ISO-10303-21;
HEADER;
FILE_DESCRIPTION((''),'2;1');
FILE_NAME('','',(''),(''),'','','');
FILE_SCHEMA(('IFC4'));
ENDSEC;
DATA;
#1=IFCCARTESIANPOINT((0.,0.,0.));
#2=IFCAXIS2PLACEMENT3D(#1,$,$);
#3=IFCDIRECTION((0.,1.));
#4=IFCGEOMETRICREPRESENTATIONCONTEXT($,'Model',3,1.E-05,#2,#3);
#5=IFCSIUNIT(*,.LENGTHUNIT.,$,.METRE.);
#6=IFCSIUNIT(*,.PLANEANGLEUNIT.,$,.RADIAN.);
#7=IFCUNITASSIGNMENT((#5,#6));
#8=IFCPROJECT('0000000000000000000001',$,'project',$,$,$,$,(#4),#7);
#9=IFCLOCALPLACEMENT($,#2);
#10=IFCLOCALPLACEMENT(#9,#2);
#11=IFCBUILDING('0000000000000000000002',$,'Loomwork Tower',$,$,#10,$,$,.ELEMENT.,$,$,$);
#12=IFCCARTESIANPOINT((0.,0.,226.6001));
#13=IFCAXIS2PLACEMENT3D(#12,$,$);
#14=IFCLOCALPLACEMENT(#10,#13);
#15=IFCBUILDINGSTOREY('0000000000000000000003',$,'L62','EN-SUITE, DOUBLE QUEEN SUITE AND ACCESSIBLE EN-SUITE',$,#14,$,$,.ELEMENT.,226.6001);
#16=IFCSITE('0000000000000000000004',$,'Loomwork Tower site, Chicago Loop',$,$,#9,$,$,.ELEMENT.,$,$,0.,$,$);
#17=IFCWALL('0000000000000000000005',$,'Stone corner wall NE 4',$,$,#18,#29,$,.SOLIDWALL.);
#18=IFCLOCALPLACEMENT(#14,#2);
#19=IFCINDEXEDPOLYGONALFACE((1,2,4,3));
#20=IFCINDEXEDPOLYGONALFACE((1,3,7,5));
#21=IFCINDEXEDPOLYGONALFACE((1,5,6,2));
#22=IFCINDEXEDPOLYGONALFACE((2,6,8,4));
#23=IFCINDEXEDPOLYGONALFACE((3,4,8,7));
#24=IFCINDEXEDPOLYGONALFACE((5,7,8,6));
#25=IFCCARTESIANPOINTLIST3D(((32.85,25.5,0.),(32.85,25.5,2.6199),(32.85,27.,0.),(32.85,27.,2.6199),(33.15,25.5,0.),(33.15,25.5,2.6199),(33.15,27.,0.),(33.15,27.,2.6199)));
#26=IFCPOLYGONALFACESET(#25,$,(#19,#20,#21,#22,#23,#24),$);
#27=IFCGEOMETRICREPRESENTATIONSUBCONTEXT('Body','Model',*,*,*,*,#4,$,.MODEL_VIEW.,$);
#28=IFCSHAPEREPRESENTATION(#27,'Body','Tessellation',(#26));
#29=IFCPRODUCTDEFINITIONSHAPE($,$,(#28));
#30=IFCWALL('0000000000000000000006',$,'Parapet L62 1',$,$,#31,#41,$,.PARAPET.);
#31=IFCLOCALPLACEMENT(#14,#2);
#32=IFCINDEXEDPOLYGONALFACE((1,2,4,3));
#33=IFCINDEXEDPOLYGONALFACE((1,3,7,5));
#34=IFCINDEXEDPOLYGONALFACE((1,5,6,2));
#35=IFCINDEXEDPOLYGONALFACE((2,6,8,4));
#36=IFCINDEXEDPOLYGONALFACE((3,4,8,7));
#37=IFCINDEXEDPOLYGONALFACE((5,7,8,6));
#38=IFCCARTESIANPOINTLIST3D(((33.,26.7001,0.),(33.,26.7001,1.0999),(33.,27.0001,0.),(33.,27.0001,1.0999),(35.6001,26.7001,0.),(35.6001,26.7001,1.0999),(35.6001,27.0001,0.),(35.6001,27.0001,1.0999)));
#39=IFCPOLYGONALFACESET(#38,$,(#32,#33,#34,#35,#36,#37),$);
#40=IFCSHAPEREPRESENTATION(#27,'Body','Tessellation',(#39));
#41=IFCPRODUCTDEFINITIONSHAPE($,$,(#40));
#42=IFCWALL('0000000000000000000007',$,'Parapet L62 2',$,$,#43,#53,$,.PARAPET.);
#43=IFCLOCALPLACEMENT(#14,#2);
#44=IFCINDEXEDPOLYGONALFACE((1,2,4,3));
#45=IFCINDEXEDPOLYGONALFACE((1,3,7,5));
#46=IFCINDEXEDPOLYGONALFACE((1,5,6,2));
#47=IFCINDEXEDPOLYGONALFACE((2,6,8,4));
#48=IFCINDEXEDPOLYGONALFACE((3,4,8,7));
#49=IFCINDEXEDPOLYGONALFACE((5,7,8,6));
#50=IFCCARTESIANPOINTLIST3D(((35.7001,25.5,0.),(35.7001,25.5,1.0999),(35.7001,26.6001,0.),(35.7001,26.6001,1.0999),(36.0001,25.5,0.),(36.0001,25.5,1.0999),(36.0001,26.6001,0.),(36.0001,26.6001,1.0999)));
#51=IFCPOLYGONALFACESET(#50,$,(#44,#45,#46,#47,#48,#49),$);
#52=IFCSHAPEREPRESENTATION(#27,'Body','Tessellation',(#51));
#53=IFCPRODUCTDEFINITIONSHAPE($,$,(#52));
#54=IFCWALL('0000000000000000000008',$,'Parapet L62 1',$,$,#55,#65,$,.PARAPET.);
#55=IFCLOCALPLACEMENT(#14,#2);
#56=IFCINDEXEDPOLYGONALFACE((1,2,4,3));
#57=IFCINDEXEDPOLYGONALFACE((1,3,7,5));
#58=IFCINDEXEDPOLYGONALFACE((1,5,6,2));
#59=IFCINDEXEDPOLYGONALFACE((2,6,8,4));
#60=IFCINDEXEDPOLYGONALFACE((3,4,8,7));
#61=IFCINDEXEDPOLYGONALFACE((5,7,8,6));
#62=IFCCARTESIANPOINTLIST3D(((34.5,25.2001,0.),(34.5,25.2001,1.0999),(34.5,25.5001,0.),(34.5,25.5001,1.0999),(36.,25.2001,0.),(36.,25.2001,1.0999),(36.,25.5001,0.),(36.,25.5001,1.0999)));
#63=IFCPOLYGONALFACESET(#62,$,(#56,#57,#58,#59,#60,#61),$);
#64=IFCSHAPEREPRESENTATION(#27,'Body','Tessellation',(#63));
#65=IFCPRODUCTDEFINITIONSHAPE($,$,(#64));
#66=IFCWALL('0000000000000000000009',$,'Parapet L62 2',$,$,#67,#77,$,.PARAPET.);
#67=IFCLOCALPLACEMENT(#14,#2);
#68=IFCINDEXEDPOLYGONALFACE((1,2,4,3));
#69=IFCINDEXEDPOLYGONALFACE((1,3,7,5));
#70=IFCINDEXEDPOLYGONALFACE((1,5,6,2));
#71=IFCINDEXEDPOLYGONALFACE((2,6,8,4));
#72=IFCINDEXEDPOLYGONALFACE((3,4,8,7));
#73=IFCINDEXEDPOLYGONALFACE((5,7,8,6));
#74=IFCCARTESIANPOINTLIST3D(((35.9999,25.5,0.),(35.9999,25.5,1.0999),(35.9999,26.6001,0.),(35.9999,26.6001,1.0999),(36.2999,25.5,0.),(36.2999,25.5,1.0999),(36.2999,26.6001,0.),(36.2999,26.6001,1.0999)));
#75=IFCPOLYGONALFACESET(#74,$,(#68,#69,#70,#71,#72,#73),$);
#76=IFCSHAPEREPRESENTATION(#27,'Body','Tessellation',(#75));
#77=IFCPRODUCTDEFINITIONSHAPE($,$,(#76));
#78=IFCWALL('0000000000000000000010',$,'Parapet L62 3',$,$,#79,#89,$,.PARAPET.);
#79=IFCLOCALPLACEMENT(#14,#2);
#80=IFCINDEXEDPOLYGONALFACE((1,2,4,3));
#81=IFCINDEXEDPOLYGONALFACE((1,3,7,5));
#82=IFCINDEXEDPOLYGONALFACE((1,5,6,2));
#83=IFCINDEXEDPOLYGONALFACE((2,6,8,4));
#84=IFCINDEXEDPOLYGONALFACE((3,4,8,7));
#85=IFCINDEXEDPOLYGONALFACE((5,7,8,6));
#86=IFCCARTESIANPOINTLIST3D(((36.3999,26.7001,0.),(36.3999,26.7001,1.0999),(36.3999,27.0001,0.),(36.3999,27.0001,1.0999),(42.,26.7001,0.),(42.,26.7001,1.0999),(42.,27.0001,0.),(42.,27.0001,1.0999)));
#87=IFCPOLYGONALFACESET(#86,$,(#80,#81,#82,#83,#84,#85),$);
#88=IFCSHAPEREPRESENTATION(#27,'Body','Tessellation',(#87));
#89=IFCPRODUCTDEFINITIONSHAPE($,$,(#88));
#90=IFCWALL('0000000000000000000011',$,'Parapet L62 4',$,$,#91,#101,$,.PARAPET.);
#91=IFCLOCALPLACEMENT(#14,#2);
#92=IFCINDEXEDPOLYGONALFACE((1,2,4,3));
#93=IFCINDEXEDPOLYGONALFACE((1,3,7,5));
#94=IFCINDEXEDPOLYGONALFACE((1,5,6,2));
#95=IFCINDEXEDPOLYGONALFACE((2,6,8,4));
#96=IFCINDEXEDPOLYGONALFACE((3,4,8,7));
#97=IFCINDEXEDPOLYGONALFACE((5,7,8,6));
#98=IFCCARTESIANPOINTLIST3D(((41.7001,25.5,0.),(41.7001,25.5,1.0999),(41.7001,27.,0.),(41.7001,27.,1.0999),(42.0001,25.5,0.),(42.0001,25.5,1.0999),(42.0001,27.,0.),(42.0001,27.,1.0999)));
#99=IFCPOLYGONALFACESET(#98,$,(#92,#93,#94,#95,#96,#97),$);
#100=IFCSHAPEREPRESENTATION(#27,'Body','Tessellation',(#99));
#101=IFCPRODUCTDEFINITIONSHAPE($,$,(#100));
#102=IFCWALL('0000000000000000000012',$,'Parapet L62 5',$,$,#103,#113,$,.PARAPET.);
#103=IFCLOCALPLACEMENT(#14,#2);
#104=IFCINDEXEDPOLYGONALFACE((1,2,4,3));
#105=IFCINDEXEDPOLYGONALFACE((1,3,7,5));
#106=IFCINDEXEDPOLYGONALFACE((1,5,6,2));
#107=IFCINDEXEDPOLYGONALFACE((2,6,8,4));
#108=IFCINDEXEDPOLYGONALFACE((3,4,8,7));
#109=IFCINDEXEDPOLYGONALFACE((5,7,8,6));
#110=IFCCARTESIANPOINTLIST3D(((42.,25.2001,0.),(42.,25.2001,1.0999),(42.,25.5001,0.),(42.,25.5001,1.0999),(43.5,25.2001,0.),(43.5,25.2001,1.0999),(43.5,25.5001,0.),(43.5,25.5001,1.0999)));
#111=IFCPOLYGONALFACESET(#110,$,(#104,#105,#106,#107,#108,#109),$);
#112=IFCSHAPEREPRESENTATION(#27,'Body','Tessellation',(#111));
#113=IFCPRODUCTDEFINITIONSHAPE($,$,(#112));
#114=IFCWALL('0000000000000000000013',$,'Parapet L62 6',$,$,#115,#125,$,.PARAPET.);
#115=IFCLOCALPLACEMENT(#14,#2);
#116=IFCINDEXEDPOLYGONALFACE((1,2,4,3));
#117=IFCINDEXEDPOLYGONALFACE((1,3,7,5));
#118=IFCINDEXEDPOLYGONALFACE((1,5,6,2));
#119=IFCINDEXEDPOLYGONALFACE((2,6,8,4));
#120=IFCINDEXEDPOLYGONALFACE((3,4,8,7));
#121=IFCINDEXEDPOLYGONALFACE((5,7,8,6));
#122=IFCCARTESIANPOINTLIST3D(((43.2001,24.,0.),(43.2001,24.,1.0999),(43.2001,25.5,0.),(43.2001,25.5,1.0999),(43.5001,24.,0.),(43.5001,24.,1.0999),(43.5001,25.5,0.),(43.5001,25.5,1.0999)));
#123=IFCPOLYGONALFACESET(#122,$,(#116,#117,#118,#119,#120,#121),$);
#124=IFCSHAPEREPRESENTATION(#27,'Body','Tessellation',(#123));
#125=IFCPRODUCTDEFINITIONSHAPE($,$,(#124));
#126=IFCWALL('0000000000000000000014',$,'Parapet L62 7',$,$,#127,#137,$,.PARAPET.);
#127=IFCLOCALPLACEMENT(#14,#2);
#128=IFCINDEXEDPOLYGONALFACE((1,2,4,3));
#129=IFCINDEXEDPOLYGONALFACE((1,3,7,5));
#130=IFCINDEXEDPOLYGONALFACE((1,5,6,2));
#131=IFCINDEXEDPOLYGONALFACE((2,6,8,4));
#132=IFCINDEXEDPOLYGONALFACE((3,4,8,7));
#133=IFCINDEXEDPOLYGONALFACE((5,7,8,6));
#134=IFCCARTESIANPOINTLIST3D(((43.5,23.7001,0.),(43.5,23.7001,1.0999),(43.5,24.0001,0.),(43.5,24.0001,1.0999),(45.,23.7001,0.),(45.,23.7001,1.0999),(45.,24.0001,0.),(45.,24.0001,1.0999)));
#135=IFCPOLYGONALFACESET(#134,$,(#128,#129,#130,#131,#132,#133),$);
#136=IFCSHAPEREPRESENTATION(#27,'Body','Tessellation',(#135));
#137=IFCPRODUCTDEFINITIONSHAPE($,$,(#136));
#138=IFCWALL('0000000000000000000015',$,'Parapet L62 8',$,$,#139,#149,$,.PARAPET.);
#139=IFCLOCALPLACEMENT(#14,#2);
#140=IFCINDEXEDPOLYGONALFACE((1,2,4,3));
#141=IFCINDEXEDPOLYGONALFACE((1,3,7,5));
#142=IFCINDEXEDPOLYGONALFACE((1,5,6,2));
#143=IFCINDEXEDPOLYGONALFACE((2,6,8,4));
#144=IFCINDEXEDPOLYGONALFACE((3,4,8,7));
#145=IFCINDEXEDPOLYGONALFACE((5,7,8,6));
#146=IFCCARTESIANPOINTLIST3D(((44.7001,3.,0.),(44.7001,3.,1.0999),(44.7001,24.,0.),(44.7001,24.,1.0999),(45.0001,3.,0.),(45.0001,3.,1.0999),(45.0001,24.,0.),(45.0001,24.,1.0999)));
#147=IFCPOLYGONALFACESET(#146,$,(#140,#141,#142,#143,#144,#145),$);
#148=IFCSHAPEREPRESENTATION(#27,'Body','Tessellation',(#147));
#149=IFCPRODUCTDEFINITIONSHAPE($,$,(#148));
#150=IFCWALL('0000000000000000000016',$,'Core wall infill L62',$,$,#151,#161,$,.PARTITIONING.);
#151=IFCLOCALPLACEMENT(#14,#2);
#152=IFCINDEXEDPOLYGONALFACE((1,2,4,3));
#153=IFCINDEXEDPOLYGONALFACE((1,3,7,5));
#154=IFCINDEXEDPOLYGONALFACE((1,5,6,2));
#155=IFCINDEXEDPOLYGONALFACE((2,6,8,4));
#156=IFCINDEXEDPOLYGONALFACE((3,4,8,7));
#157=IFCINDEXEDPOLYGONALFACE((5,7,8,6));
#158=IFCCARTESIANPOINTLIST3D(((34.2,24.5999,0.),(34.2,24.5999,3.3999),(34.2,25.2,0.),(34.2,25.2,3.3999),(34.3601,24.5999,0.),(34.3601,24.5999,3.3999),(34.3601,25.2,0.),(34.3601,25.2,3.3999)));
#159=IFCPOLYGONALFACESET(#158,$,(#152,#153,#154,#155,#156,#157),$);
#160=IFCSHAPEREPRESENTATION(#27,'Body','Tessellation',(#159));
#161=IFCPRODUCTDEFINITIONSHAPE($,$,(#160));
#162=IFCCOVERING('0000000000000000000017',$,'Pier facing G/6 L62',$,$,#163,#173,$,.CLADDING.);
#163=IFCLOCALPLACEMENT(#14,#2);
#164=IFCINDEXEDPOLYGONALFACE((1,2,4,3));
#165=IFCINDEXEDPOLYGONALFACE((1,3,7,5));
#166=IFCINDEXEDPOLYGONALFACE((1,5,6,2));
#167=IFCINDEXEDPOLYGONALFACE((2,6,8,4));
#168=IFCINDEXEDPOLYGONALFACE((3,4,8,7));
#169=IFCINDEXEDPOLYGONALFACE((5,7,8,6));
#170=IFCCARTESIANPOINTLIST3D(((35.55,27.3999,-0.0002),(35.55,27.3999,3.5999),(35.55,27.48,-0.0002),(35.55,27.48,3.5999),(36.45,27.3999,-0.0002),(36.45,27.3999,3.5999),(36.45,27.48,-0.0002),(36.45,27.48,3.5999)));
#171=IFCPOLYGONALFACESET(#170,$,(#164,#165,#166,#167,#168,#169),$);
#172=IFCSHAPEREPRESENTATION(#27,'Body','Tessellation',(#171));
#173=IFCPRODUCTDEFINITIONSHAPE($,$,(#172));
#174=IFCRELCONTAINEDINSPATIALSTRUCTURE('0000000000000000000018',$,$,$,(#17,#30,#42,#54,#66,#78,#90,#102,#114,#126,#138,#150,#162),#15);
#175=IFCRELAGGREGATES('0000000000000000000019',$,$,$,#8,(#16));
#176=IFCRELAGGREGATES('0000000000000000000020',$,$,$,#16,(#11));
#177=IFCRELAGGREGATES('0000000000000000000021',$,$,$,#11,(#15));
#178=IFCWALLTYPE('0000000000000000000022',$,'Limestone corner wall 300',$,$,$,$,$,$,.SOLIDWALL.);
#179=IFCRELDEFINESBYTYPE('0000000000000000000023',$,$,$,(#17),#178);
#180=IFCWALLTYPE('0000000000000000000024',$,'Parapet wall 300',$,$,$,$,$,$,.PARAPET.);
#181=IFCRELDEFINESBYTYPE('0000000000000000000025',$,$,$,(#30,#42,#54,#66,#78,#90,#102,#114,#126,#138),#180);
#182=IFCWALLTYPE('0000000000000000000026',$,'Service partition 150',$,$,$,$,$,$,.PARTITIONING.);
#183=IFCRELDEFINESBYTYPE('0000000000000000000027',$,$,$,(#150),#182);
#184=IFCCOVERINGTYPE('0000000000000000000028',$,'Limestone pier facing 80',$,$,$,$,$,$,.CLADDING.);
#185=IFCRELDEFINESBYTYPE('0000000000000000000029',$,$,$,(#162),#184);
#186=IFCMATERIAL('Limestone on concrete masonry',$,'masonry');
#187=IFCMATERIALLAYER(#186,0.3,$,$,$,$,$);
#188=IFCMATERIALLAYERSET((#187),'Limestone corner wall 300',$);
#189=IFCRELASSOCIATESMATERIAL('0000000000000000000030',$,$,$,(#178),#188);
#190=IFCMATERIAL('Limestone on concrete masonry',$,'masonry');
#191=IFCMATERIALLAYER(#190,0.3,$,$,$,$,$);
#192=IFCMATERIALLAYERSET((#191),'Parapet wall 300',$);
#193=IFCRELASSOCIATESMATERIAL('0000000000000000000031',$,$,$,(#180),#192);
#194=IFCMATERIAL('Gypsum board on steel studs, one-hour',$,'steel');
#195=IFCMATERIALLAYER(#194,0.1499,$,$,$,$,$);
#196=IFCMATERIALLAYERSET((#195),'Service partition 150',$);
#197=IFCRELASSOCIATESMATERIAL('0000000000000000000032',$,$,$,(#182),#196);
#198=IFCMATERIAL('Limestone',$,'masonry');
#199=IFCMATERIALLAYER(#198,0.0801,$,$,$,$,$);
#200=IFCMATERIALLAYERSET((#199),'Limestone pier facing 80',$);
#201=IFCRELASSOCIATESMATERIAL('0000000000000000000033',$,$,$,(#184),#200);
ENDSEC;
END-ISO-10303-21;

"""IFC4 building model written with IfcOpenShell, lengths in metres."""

from ifc_helpers import new_model, si_unit, direction, frame, frame_2d, origin, origin_2d, place, context, subcontext, project, spatial, rectangle, extrude, material, layer, layer_set, type_object, element, save


model = new_model("IFC4")

# Units and contexts
model_context = context("Model", 3, precision=1e-05, world=origin(), true_north=direction((0.0, 1.0)))
body_context = subcontext(model_context, "Body", "Model", "MODEL_VIEW")
ifc_project = project(units=[si_unit("LENGTHUNIT", "METRE"), si_unit("PLANEANGLEUNIT", "RADIAN")], contexts=[model_context])

# Site, building, storey
site_placement = place(None, origin())
site = spatial("IfcSite", under=ifc_project, at=site_placement, Name="Loomwork Tower site, Chicago Loop", CompositionType="ELEMENT", RefElevation=0.0)
building_placement = place(site_placement, origin())
building = spatial("IfcBuilding", under=site, at=building_placement, Name="Loomwork Tower", CompositionType="ELEMENT")
storey_placement = place(building_placement, frame((0.0, 0.0, 226.6001)))
storey = spatial("IfcBuildingStorey", under=building, at=storey_placement, Name="L62", Description="EN-SUITE, DOUBLE QUEEN SUITE AND ACCESSIBLE EN-SUITE", CompositionType="ELEMENT", Elevation=226.6001)

# Shared definitions
ifc_material_1 = material(Name="Limestone on concrete masonry", Category="masonry")
ifc_layer_1 = layer(ifc_material_1, 0.3)
ifc_layer_set_1 = layer_set([ifc_layer_1], Name="Limestone corner wall 300")
wall_type_1 = type_object("IfcWallType", Name="Limestone corner wall 300", PredefinedType="SOLIDWALL", material=ifc_layer_set_1)

# Walls
wall_1_placement = place(storey_placement, frame((33.0, 25.5, 0.0), z_axis=(0.0, 0.0, 1.0), x_axis=(0.0, 1.0, 0.0)))
element("IfcWall", 1, at=wall_1_placement, inside=storey, type_object=wall_type_1, Name="Stone corner wall NE 4", PredefinedType="SOLIDWALL", context=body_context, shape_type="SweptSolid", body=[
    extrude(rectangle(XDim=1.5, YDim=0.3, at=frame_2d((0.75, 0.0))), origin(), (0.0, 0.0, 1.0), 2.6199),
])
ifc_material_2 = material(Name="Limestone on concrete masonry", Category="masonry")
ifc_layer_2 = layer(ifc_material_2, 0.3)
ifc_layer_set_2 = layer_set([ifc_layer_2], Name="Parapet wall 300")
wall_type_2 = type_object("IfcWallType", Name="Parapet wall 300", PredefinedType="PARAPET", material=ifc_layer_set_2)
wall_2_placement = place(storey_placement, frame((33.0, 26.8501, 0.0), z_axis=(0.0, 0.0, 1.0), x_axis=(1.0, 0.0, 0.0)))
element("IfcWall", 2, at=wall_2_placement, inside=storey, type_object=wall_type_2, Name="Parapet L62 1", PredefinedType="PARAPET", context=body_context, shape_type="SweptSolid", body=[
    extrude(rectangle(XDim=2.6001, YDim=0.3, at=frame_2d((1.3, 0.0))), origin(), (0.0, 0.0, 1.0), 1.0999),
])
wall_3_placement = place(storey_placement, frame((35.8501, 26.6001, 0.0), z_axis=(0.0, 0.0, 1.0), x_axis=(0.0, -1.0, 0.0)))
element("IfcWall", 3, at=wall_3_placement, inside=storey, type_object=wall_type_2, Name="Parapet L62 2", PredefinedType="PARAPET", context=body_context, shape_type="SweptSolid", body=[
    extrude(rectangle(XDim=1.1001, YDim=0.3, at=frame_2d((0.55, 0.0))), origin(), (0.0, 0.0, 1.0), 1.0999),
])
wall_4_placement = place(storey_placement, frame((34.5, 25.3501, 0.0), z_axis=(0.0, 0.0, 1.0), x_axis=(1.0, 0.0, 0.0)))
element("IfcWall", 4, at=wall_4_placement, inside=storey, type_object=wall_type_2, Name="Parapet L62 1", PredefinedType="PARAPET", context=body_context, shape_type="SweptSolid", body=[
    extrude(rectangle(XDim=1.5, YDim=0.3, at=frame_2d((0.75, 0.0))), origin(), (0.0, 0.0, 1.0), 1.0999),
])
wall_5_placement = place(storey_placement, frame((36.1499, 25.5, 0.0), z_axis=(0.0, 0.0, 1.0), x_axis=(0.0, 1.0, 0.0)))
element("IfcWall", 5, at=wall_5_placement, inside=storey, type_object=wall_type_2, Name="Parapet L62 2", PredefinedType="PARAPET", context=body_context, shape_type="SweptSolid", body=[
    extrude(rectangle(XDim=1.1001, YDim=0.3, at=frame_2d((0.55, 0.0))), origin(), (0.0, 0.0, 1.0), 1.0999),
])
wall_6_placement = place(storey_placement, frame((36.3999, 26.8501, 0.0), z_axis=(0.0, 0.0, 1.0), x_axis=(1.0, 0.0, 0.0)))
element("IfcWall", 6, at=wall_6_placement, inside=storey, type_object=wall_type_2, Name="Parapet L62 3", PredefinedType="PARAPET", context=body_context, shape_type="SweptSolid", body=[
    extrude(rectangle(XDim=5.6001, YDim=0.3, at=frame_2d((2.8, 0.0))), origin(), (0.0, 0.0, 1.0), 1.0999),
])
for number, where, z_axis, x_axis, name in (
    (7, (41.8501, 27.0, 0.0), (0.0, 0.0, 1.0), (0.0, -1.0, 0.0), "Parapet L62 4"),
    (8, (42.0, 25.3501, 0.0), (0.0, 0.0, 1.0), (1.0, 0.0, 0.0), "Parapet L62 5"),
    (9, (43.3501, 25.5, 0.0), (0.0, 0.0, 1.0), (0.0, -1.0, 0.0), "Parapet L62 6"),
    (10, (43.5, 23.8501, 0.0), (0.0, 0.0, 1.0), (1.0, 0.0, 0.0), "Parapet L62 7"),
):
    element("IfcWall", number, at=place(storey_placement, frame(where, z_axis=z_axis, x_axis=x_axis)), inside=storey, type_object=wall_type_2, Name=name, PredefinedType="PARAPET", context=body_context, shape_type="SweptSolid", body=[
        extrude(rectangle(XDim=1.5, YDim=0.3, at=frame_2d((0.75, 0.0))), origin(), (0.0, 0.0, 1.0), 1.0999),
    ])
wall_7_placement = place(storey_placement, frame((44.8501, 24.0, 0.0), z_axis=(0.0, 0.0, 1.0), x_axis=(0.0, -1.0, 0.0)))
element("IfcWall", 11, at=wall_7_placement, inside=storey, type_object=wall_type_2, Name="Parapet L62 8", PredefinedType="PARAPET", context=body_context, shape_type="SweptSolid", body=[
    extrude(rectangle(XDim=21.0, YDim=0.3, at=frame_2d((10.5, 0.0))), origin(), (0.0, 0.0, 1.0), 1.0999),
])
ifc_material_3 = material(Name="Gypsum board on steel studs, one-hour", Category="steel")
ifc_layer_3 = layer(ifc_material_3, 0.1499)
ifc_layer_set_3 = layer_set([ifc_layer_3], Name="Service partition 150")
wall_type_3 = type_object("IfcWallType", Name="Service partition 150", PredefinedType="PARTITIONING", material=ifc_layer_set_3)
wall_8_placement = place(storey_placement, frame((34.2, 24.8999, 0.0), z_axis=(0.0, 0.0, 1.0), x_axis=(1.0, 0.0, 0.0)))
element("IfcWall", 12, at=wall_8_placement, inside=storey, type_object=wall_type_3, Name="Core wall infill L62", PredefinedType="PARTITIONING", context=body_context, shape_type="SweptSolid", body=[
    extrude(rectangle(XDim=0.1602, YDim=0.6001, at=frame_2d((0.0801, 0.0))), origin(), (0.0, 0.0, 1.0), 3.3999),
])

# Covering
ifc_material_4 = material(Name="Limestone", Category="masonry")
ifc_layer_4 = layer(ifc_material_4, 0.0801)
ifc_layer_set_4 = layer_set([ifc_layer_4], Name="Limestone pier facing 80")
covering_type = type_object("IfcCoveringType", Name="Limestone pier facing 80", PredefinedType="CLADDING", material=ifc_layer_set_4)
covering_placement = place(storey_placement, frame((36.0, 27.4399, -0.0002), z_axis=(0.0, 0.0, 1.0), x_axis=(1.0, 0.0, 0.0)))
element("IfcCovering", 13, at=covering_placement, inside=storey, type_object=covering_type, Name="Pier facing G/6 L62", PredefinedType="CLADDING", context=body_context, shape_type="SweptSolid", body=[
    extrude(rectangle(XDim=0.8999, YDim=0.0801, at=origin_2d()), origin(), (0.0, 0.0, 1.0), 3.6001),
])

save(model, "model.ifc")
